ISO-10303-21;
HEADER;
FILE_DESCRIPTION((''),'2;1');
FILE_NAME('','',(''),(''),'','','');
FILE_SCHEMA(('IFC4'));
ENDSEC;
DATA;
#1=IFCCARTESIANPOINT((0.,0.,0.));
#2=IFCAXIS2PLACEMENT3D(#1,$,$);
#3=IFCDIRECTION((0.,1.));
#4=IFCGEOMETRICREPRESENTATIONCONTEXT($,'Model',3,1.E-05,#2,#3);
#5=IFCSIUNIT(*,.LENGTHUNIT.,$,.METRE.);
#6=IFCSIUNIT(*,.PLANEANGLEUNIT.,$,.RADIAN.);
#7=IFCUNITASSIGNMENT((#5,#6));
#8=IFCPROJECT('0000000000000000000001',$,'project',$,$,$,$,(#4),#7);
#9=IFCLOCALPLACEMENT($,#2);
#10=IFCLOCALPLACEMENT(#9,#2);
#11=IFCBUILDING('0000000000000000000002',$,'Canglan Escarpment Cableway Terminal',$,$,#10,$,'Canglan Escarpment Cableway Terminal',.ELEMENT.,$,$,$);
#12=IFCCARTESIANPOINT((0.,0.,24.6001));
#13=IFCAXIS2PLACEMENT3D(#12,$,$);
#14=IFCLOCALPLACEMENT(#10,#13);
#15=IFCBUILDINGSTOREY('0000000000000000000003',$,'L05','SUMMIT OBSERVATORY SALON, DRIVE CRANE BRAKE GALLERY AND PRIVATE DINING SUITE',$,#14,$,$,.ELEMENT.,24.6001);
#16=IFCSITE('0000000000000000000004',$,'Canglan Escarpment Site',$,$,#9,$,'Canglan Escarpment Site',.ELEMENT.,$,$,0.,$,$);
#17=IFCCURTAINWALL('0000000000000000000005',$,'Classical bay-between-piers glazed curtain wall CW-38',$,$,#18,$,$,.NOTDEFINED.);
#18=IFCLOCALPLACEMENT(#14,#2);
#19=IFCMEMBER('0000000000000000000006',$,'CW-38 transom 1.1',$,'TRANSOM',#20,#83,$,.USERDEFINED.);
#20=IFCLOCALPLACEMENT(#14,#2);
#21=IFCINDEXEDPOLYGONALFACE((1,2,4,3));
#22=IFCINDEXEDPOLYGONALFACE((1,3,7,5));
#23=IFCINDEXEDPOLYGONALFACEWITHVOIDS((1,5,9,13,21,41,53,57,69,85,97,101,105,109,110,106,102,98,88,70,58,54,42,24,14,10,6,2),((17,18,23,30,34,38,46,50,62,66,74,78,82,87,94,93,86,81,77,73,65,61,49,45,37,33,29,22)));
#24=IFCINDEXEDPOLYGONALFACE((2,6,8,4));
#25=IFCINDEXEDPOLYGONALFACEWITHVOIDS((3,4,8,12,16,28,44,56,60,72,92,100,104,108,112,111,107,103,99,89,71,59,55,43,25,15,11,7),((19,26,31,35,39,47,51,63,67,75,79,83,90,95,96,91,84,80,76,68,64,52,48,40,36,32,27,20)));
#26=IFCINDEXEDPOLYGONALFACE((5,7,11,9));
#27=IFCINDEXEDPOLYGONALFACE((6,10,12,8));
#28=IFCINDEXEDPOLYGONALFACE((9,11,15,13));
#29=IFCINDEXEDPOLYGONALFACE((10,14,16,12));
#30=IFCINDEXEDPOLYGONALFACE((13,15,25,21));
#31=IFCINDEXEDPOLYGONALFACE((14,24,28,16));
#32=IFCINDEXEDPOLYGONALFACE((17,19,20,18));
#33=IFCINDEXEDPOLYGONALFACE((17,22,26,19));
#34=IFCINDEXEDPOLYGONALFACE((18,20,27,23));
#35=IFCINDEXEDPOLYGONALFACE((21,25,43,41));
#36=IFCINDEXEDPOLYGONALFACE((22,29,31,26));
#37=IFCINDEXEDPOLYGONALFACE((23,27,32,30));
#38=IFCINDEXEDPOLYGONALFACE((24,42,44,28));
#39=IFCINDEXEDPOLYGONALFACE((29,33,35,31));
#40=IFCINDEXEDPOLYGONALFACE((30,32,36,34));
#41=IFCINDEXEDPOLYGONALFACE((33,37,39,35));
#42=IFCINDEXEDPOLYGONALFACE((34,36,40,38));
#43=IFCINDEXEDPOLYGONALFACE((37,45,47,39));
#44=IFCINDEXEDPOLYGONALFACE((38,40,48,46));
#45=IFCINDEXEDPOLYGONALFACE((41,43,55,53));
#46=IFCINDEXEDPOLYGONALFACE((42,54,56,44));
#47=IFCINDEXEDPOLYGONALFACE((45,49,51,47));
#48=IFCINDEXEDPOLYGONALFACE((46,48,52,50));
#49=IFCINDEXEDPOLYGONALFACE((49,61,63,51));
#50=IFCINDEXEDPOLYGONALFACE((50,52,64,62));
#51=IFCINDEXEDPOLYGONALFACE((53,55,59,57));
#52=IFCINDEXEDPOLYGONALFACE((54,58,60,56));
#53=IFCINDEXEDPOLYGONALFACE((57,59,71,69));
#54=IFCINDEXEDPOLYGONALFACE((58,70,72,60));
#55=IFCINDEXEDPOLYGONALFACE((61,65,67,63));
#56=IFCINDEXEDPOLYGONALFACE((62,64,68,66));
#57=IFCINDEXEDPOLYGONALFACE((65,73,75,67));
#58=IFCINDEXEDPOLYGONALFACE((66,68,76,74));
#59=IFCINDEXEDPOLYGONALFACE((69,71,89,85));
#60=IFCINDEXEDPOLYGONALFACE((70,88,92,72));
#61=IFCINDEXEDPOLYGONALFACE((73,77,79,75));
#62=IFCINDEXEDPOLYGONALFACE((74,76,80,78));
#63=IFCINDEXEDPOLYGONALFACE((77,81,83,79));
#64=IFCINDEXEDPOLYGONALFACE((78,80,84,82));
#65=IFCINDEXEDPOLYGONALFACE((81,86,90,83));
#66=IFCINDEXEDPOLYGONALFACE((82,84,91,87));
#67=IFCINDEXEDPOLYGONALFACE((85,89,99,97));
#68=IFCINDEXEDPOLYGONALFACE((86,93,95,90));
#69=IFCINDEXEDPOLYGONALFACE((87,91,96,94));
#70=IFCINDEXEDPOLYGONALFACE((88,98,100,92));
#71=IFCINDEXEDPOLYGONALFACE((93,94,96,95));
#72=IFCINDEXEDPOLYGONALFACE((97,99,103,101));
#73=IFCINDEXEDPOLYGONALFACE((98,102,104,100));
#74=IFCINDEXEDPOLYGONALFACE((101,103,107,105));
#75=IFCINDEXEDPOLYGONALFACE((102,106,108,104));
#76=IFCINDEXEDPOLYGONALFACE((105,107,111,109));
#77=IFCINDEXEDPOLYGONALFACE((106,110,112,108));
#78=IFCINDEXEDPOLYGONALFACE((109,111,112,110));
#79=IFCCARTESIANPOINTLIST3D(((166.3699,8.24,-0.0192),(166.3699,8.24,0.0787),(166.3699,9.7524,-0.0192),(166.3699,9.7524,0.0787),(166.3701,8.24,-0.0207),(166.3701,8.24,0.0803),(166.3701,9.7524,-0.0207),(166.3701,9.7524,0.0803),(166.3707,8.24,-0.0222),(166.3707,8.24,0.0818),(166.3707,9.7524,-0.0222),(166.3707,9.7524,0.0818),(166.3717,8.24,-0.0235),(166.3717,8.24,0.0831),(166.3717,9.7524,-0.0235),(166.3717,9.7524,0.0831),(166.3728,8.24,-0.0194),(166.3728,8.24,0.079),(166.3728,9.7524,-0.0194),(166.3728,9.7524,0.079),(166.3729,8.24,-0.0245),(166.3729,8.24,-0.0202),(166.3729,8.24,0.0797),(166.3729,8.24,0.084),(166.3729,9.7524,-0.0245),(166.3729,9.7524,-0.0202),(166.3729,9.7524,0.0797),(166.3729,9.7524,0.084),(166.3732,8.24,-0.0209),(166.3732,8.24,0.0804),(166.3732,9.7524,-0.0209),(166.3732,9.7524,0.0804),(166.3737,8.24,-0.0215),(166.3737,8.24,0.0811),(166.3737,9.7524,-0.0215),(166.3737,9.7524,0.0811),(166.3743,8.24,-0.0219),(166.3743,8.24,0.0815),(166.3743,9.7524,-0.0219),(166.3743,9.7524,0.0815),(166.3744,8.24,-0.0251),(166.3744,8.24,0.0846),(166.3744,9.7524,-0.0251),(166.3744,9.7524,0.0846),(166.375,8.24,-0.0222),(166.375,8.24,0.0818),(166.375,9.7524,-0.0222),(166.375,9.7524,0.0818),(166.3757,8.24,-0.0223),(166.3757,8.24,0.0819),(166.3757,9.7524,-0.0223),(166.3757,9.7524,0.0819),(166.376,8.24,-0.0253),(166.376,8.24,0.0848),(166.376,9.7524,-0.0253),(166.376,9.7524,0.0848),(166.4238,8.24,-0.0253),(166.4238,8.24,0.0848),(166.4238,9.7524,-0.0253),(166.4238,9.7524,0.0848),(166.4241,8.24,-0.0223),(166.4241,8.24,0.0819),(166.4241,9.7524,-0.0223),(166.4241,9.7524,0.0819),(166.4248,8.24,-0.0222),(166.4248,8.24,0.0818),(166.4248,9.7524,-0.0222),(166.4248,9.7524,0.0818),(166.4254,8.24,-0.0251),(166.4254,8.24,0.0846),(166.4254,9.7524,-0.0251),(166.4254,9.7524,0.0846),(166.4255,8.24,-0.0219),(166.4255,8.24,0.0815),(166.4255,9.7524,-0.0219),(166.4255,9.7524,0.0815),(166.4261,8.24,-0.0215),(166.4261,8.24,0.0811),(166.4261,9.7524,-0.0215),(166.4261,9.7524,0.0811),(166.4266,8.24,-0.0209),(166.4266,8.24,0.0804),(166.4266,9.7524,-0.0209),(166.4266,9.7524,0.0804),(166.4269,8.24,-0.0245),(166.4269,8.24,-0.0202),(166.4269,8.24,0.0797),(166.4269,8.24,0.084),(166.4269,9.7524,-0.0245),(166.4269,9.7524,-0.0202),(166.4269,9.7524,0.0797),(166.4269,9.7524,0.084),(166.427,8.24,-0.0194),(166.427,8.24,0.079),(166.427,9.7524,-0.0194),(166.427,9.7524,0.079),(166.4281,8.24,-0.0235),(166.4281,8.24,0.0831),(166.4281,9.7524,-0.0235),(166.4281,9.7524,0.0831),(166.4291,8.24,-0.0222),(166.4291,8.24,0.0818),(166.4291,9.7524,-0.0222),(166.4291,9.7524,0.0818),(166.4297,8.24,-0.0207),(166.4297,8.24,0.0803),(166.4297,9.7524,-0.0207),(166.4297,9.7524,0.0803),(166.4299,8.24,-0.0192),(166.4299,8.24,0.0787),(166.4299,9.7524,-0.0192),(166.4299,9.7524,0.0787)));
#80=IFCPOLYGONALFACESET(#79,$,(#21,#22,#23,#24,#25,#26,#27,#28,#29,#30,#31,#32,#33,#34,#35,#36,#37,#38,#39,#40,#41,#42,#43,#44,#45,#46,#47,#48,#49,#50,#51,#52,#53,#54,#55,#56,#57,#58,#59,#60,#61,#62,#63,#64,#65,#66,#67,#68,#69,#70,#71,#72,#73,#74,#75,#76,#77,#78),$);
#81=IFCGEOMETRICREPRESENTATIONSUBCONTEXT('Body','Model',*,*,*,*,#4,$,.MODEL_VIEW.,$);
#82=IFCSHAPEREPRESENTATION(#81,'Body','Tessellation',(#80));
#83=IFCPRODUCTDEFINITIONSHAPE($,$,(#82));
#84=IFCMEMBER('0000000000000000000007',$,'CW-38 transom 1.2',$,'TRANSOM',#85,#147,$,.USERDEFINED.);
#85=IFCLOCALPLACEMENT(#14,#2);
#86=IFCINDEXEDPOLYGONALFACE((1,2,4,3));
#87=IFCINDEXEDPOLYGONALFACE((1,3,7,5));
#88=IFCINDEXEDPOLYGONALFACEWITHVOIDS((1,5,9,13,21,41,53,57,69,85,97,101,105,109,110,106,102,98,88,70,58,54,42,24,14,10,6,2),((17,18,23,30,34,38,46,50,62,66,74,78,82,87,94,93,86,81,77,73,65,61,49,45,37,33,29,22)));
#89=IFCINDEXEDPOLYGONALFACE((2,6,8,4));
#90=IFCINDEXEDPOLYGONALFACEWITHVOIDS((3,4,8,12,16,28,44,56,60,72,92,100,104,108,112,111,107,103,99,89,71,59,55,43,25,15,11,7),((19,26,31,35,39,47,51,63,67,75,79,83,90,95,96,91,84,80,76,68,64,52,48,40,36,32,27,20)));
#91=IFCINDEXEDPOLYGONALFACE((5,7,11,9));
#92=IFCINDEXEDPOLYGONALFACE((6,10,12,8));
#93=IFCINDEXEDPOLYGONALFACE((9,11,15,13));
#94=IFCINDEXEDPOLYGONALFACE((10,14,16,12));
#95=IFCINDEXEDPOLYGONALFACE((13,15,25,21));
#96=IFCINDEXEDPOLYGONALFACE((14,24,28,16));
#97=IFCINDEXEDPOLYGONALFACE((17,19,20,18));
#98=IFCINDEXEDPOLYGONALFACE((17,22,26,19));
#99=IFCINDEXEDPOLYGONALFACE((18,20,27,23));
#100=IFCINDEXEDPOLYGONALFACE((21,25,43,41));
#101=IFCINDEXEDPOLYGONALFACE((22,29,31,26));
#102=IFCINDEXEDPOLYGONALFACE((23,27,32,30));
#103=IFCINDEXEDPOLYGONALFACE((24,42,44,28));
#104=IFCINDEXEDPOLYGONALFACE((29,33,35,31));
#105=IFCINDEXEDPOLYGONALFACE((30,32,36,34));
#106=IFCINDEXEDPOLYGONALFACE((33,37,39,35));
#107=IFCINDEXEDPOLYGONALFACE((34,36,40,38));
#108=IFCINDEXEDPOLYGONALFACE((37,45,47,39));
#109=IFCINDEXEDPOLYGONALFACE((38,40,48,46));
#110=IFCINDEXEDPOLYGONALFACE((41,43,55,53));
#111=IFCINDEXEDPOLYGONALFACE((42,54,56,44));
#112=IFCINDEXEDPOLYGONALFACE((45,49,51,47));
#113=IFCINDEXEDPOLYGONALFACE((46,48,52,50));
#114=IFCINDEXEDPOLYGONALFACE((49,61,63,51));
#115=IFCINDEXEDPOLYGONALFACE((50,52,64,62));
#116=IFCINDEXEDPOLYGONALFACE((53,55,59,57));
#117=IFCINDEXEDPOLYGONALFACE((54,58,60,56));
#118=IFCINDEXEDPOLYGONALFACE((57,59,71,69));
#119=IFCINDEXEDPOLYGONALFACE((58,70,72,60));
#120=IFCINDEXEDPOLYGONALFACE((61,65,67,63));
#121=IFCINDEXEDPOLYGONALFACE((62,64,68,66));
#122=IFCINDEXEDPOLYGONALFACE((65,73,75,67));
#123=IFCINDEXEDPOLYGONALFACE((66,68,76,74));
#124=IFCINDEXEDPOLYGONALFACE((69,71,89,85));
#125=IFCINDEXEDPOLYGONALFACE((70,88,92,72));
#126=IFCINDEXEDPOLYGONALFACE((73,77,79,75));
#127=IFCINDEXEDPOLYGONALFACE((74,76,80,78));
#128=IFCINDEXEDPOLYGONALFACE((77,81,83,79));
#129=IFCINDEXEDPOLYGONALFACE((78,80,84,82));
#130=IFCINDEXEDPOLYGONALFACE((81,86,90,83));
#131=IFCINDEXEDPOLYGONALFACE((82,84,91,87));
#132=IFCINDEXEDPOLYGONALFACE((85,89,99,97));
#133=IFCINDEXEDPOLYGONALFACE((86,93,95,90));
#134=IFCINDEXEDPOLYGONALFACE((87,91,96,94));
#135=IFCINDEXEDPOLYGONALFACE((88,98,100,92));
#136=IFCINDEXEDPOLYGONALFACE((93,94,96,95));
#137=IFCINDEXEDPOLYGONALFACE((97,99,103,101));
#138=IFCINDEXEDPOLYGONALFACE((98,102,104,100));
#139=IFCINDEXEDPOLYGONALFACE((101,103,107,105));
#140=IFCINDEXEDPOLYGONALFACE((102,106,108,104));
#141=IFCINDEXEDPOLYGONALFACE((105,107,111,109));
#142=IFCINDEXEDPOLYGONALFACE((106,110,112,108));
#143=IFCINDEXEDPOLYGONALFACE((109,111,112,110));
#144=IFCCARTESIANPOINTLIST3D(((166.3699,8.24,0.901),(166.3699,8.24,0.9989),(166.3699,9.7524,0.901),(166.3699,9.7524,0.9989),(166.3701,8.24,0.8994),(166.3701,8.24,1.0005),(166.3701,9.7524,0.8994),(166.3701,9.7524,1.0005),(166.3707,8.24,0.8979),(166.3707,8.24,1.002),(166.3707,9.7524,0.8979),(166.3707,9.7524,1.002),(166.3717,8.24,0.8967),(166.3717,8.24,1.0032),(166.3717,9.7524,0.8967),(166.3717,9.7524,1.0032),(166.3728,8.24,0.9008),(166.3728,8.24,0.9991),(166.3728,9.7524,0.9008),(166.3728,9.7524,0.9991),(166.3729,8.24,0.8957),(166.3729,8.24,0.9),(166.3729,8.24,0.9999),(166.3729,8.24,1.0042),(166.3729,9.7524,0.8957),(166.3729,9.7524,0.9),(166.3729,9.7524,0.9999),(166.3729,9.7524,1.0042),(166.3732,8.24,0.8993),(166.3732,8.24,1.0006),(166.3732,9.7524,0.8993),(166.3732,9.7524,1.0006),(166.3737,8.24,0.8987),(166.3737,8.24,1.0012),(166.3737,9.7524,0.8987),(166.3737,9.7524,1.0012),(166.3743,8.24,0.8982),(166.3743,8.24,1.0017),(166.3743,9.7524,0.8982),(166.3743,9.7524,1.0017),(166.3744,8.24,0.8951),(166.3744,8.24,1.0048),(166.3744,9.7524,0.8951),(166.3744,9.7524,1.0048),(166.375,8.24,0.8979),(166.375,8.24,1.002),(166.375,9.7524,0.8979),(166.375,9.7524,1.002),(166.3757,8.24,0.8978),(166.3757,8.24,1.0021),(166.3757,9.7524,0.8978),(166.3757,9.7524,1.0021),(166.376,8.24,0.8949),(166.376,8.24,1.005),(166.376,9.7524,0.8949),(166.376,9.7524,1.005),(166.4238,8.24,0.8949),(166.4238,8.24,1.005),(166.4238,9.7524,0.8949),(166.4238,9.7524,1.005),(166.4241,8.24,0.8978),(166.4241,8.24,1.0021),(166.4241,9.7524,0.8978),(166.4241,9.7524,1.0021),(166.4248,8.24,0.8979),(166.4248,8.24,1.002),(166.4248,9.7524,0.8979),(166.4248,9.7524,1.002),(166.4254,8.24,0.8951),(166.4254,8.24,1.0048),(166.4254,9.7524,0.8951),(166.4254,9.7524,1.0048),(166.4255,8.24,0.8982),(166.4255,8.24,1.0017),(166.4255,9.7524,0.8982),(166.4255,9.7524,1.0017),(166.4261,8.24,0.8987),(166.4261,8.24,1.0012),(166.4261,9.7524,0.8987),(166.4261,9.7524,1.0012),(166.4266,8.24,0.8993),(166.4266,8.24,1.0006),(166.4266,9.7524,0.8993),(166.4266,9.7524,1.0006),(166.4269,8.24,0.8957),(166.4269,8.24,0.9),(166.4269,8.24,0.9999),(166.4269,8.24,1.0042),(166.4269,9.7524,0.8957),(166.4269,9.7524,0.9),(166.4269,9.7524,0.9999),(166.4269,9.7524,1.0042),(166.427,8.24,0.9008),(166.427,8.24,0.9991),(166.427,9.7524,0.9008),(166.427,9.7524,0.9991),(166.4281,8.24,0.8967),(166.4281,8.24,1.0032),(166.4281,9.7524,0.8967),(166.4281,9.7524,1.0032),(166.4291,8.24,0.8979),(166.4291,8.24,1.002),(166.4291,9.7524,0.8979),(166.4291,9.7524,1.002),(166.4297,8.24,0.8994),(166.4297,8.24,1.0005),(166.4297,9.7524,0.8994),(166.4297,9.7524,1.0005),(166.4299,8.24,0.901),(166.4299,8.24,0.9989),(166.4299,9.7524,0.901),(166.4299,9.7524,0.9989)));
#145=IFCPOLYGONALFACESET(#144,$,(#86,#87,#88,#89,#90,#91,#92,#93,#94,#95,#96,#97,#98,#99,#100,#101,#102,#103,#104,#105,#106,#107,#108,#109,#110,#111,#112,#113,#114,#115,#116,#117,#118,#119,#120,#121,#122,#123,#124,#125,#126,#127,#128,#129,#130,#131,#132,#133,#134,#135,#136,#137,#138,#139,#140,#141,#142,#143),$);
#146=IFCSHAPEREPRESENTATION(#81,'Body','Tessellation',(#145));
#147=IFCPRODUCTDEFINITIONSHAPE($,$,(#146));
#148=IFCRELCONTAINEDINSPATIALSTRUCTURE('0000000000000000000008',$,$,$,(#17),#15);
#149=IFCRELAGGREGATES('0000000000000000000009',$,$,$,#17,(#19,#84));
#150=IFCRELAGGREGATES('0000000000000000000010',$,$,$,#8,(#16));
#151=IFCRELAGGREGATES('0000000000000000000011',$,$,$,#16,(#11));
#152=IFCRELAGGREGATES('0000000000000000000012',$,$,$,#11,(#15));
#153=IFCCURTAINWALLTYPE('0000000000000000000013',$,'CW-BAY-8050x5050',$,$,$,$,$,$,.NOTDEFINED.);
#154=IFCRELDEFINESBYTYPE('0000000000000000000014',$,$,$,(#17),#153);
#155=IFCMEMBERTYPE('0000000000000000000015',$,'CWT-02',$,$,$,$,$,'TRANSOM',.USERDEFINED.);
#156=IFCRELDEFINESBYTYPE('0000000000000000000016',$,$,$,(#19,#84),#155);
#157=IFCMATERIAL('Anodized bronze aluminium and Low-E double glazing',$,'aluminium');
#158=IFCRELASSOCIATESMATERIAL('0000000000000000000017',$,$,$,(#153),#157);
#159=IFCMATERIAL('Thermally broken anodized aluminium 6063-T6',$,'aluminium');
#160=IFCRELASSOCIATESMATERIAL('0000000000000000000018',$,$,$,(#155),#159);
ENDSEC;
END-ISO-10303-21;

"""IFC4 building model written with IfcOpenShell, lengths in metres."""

from ifc_helpers import new_model, si_unit, direction, frame, origin, origin_2d, place, context, subcontext, project, spatial, hollow_rectangle, extrude, material, material_profile, profile_set, type_object, element, aggregate, save


model = new_model("IFC4")

# Units and contexts
model_context = context("Model", 3, precision=1e-05, world=origin(), true_north=direction((0.0, 1.0)))
body_context = subcontext(model_context, "Body", "Model", "MODEL_VIEW")
ifc_project = project(units=[si_unit("LENGTHUNIT", "METRE"), si_unit("PLANEANGLEUNIT", "RADIAN")], contexts=[model_context])

# Site, building, storey
site_placement = place(None, origin())
site = spatial("IfcSite", under=ifc_project, at=site_placement, Name="Canglan Escarpment Site", LongName="Canglan Escarpment Site", CompositionType="ELEMENT", RefElevation=0.0)
building_placement = place(site_placement, origin())
building = spatial("IfcBuilding", under=site, at=building_placement, Name="Canglan Escarpment Cableway Terminal", LongName="Canglan Escarpment Cableway Terminal", CompositionType="ELEMENT")
storey_placement = place(building_placement, frame((0.0, 0.0, 24.6001)))
storey = spatial("IfcBuildingStorey", under=building, at=storey_placement, Name="L05", Description="SUMMIT OBSERVATORY SALON, DRIVE CRANE BRAKE GALLERY AND PRIVATE DINING SUITE", CompositionType="ELEMENT", Elevation=24.6001)

# Curtain wall
ifc_material_1 = material(Name="Anodized bronze aluminium and Low-E double glazing", Category="aluminium")
curtain_wall_type_1 = type_object("IfcCurtainWallType", Name="CW-BAY-8050x5050", PredefinedType="NOTDEFINED", material=ifc_material_1)
curtain_wall_1_placement = place(storey_placement, origin())
curtain_wall_1 = element("IfcCurtainWall", 1, at=curtain_wall_1_placement, inside=storey, type_object=curtain_wall_type_1, Name="Classical bay-between-piers glazed curtain wall CW-38", PredefinedType="NOTDEFINED")
ifc_material_2 = material(Name="Thermally broken anodized aluminium 6063-T6", Category="aluminium")

# Members
ifc_material_profile_1 = material_profile(ifc_material_2, hollow_rectangle(XDim=0.0601, YDim=0.1101, WallThickness=0.0029, InnerFilletRadius=0.0029, OuterFilletRadius=0.0061, at=origin_2d()), Name="ALU-TRAN 60x110x3")
ifc_profile_set_1 = profile_set([ifc_material_profile_1], Name="Thermally broken anodized aluminium 6063-T6")
member_type_1 = type_object("IfcMemberType", Name="CWT-02", ElementType="TRANSOM", PredefinedType="USERDEFINED", material=ifc_profile_set_1)
member_1_placement = place(storey_placement, frame((166.3999, 8.24, 0.0298), z_axis=(0.0, 1.0, 0.0), x_axis=(-1.0, 0.0, 0.0)))
member_1 = element("IfcMember", 2, at=member_1_placement, type_object=member_type_1, Name="CW-38 transom 1.1", ObjectType="TRANSOM", PredefinedType="USERDEFINED", context=body_context, shape_type="SweptSolid", body=[
    extrude(hollow_rectangle(XDim=0.0601, YDim=0.1101, WallThickness=0.0029, InnerFilletRadius=0.0029, OuterFilletRadius=0.0061, at=origin_2d()), origin(), (0.0, 0.0, 1.0), 1.5125),
])
member_2_placement = place(storey_placement, frame((166.3999, 8.24, 0.95), z_axis=(0.0, 1.0, 0.0), x_axis=(-1.0, 0.0, 0.0)))
member_2 = element("IfcMember", 3, at=member_2_placement, type_object=member_type_1, Name="CW-38 transom 1.2", ObjectType="TRANSOM", PredefinedType="USERDEFINED", context=body_context, shape_type="SweptSolid", body=[
    extrude(hollow_rectangle(XDim=0.0601, YDim=0.1101, WallThickness=0.0029, InnerFilletRadius=0.0029, OuterFilletRadius=0.0061, at=origin_2d()), origin(), (0.0, 0.0, 1.0), 1.5125),
])

aggregate(curtain_wall_1, [member_1, member_2])

save(model, "model.ifc")
